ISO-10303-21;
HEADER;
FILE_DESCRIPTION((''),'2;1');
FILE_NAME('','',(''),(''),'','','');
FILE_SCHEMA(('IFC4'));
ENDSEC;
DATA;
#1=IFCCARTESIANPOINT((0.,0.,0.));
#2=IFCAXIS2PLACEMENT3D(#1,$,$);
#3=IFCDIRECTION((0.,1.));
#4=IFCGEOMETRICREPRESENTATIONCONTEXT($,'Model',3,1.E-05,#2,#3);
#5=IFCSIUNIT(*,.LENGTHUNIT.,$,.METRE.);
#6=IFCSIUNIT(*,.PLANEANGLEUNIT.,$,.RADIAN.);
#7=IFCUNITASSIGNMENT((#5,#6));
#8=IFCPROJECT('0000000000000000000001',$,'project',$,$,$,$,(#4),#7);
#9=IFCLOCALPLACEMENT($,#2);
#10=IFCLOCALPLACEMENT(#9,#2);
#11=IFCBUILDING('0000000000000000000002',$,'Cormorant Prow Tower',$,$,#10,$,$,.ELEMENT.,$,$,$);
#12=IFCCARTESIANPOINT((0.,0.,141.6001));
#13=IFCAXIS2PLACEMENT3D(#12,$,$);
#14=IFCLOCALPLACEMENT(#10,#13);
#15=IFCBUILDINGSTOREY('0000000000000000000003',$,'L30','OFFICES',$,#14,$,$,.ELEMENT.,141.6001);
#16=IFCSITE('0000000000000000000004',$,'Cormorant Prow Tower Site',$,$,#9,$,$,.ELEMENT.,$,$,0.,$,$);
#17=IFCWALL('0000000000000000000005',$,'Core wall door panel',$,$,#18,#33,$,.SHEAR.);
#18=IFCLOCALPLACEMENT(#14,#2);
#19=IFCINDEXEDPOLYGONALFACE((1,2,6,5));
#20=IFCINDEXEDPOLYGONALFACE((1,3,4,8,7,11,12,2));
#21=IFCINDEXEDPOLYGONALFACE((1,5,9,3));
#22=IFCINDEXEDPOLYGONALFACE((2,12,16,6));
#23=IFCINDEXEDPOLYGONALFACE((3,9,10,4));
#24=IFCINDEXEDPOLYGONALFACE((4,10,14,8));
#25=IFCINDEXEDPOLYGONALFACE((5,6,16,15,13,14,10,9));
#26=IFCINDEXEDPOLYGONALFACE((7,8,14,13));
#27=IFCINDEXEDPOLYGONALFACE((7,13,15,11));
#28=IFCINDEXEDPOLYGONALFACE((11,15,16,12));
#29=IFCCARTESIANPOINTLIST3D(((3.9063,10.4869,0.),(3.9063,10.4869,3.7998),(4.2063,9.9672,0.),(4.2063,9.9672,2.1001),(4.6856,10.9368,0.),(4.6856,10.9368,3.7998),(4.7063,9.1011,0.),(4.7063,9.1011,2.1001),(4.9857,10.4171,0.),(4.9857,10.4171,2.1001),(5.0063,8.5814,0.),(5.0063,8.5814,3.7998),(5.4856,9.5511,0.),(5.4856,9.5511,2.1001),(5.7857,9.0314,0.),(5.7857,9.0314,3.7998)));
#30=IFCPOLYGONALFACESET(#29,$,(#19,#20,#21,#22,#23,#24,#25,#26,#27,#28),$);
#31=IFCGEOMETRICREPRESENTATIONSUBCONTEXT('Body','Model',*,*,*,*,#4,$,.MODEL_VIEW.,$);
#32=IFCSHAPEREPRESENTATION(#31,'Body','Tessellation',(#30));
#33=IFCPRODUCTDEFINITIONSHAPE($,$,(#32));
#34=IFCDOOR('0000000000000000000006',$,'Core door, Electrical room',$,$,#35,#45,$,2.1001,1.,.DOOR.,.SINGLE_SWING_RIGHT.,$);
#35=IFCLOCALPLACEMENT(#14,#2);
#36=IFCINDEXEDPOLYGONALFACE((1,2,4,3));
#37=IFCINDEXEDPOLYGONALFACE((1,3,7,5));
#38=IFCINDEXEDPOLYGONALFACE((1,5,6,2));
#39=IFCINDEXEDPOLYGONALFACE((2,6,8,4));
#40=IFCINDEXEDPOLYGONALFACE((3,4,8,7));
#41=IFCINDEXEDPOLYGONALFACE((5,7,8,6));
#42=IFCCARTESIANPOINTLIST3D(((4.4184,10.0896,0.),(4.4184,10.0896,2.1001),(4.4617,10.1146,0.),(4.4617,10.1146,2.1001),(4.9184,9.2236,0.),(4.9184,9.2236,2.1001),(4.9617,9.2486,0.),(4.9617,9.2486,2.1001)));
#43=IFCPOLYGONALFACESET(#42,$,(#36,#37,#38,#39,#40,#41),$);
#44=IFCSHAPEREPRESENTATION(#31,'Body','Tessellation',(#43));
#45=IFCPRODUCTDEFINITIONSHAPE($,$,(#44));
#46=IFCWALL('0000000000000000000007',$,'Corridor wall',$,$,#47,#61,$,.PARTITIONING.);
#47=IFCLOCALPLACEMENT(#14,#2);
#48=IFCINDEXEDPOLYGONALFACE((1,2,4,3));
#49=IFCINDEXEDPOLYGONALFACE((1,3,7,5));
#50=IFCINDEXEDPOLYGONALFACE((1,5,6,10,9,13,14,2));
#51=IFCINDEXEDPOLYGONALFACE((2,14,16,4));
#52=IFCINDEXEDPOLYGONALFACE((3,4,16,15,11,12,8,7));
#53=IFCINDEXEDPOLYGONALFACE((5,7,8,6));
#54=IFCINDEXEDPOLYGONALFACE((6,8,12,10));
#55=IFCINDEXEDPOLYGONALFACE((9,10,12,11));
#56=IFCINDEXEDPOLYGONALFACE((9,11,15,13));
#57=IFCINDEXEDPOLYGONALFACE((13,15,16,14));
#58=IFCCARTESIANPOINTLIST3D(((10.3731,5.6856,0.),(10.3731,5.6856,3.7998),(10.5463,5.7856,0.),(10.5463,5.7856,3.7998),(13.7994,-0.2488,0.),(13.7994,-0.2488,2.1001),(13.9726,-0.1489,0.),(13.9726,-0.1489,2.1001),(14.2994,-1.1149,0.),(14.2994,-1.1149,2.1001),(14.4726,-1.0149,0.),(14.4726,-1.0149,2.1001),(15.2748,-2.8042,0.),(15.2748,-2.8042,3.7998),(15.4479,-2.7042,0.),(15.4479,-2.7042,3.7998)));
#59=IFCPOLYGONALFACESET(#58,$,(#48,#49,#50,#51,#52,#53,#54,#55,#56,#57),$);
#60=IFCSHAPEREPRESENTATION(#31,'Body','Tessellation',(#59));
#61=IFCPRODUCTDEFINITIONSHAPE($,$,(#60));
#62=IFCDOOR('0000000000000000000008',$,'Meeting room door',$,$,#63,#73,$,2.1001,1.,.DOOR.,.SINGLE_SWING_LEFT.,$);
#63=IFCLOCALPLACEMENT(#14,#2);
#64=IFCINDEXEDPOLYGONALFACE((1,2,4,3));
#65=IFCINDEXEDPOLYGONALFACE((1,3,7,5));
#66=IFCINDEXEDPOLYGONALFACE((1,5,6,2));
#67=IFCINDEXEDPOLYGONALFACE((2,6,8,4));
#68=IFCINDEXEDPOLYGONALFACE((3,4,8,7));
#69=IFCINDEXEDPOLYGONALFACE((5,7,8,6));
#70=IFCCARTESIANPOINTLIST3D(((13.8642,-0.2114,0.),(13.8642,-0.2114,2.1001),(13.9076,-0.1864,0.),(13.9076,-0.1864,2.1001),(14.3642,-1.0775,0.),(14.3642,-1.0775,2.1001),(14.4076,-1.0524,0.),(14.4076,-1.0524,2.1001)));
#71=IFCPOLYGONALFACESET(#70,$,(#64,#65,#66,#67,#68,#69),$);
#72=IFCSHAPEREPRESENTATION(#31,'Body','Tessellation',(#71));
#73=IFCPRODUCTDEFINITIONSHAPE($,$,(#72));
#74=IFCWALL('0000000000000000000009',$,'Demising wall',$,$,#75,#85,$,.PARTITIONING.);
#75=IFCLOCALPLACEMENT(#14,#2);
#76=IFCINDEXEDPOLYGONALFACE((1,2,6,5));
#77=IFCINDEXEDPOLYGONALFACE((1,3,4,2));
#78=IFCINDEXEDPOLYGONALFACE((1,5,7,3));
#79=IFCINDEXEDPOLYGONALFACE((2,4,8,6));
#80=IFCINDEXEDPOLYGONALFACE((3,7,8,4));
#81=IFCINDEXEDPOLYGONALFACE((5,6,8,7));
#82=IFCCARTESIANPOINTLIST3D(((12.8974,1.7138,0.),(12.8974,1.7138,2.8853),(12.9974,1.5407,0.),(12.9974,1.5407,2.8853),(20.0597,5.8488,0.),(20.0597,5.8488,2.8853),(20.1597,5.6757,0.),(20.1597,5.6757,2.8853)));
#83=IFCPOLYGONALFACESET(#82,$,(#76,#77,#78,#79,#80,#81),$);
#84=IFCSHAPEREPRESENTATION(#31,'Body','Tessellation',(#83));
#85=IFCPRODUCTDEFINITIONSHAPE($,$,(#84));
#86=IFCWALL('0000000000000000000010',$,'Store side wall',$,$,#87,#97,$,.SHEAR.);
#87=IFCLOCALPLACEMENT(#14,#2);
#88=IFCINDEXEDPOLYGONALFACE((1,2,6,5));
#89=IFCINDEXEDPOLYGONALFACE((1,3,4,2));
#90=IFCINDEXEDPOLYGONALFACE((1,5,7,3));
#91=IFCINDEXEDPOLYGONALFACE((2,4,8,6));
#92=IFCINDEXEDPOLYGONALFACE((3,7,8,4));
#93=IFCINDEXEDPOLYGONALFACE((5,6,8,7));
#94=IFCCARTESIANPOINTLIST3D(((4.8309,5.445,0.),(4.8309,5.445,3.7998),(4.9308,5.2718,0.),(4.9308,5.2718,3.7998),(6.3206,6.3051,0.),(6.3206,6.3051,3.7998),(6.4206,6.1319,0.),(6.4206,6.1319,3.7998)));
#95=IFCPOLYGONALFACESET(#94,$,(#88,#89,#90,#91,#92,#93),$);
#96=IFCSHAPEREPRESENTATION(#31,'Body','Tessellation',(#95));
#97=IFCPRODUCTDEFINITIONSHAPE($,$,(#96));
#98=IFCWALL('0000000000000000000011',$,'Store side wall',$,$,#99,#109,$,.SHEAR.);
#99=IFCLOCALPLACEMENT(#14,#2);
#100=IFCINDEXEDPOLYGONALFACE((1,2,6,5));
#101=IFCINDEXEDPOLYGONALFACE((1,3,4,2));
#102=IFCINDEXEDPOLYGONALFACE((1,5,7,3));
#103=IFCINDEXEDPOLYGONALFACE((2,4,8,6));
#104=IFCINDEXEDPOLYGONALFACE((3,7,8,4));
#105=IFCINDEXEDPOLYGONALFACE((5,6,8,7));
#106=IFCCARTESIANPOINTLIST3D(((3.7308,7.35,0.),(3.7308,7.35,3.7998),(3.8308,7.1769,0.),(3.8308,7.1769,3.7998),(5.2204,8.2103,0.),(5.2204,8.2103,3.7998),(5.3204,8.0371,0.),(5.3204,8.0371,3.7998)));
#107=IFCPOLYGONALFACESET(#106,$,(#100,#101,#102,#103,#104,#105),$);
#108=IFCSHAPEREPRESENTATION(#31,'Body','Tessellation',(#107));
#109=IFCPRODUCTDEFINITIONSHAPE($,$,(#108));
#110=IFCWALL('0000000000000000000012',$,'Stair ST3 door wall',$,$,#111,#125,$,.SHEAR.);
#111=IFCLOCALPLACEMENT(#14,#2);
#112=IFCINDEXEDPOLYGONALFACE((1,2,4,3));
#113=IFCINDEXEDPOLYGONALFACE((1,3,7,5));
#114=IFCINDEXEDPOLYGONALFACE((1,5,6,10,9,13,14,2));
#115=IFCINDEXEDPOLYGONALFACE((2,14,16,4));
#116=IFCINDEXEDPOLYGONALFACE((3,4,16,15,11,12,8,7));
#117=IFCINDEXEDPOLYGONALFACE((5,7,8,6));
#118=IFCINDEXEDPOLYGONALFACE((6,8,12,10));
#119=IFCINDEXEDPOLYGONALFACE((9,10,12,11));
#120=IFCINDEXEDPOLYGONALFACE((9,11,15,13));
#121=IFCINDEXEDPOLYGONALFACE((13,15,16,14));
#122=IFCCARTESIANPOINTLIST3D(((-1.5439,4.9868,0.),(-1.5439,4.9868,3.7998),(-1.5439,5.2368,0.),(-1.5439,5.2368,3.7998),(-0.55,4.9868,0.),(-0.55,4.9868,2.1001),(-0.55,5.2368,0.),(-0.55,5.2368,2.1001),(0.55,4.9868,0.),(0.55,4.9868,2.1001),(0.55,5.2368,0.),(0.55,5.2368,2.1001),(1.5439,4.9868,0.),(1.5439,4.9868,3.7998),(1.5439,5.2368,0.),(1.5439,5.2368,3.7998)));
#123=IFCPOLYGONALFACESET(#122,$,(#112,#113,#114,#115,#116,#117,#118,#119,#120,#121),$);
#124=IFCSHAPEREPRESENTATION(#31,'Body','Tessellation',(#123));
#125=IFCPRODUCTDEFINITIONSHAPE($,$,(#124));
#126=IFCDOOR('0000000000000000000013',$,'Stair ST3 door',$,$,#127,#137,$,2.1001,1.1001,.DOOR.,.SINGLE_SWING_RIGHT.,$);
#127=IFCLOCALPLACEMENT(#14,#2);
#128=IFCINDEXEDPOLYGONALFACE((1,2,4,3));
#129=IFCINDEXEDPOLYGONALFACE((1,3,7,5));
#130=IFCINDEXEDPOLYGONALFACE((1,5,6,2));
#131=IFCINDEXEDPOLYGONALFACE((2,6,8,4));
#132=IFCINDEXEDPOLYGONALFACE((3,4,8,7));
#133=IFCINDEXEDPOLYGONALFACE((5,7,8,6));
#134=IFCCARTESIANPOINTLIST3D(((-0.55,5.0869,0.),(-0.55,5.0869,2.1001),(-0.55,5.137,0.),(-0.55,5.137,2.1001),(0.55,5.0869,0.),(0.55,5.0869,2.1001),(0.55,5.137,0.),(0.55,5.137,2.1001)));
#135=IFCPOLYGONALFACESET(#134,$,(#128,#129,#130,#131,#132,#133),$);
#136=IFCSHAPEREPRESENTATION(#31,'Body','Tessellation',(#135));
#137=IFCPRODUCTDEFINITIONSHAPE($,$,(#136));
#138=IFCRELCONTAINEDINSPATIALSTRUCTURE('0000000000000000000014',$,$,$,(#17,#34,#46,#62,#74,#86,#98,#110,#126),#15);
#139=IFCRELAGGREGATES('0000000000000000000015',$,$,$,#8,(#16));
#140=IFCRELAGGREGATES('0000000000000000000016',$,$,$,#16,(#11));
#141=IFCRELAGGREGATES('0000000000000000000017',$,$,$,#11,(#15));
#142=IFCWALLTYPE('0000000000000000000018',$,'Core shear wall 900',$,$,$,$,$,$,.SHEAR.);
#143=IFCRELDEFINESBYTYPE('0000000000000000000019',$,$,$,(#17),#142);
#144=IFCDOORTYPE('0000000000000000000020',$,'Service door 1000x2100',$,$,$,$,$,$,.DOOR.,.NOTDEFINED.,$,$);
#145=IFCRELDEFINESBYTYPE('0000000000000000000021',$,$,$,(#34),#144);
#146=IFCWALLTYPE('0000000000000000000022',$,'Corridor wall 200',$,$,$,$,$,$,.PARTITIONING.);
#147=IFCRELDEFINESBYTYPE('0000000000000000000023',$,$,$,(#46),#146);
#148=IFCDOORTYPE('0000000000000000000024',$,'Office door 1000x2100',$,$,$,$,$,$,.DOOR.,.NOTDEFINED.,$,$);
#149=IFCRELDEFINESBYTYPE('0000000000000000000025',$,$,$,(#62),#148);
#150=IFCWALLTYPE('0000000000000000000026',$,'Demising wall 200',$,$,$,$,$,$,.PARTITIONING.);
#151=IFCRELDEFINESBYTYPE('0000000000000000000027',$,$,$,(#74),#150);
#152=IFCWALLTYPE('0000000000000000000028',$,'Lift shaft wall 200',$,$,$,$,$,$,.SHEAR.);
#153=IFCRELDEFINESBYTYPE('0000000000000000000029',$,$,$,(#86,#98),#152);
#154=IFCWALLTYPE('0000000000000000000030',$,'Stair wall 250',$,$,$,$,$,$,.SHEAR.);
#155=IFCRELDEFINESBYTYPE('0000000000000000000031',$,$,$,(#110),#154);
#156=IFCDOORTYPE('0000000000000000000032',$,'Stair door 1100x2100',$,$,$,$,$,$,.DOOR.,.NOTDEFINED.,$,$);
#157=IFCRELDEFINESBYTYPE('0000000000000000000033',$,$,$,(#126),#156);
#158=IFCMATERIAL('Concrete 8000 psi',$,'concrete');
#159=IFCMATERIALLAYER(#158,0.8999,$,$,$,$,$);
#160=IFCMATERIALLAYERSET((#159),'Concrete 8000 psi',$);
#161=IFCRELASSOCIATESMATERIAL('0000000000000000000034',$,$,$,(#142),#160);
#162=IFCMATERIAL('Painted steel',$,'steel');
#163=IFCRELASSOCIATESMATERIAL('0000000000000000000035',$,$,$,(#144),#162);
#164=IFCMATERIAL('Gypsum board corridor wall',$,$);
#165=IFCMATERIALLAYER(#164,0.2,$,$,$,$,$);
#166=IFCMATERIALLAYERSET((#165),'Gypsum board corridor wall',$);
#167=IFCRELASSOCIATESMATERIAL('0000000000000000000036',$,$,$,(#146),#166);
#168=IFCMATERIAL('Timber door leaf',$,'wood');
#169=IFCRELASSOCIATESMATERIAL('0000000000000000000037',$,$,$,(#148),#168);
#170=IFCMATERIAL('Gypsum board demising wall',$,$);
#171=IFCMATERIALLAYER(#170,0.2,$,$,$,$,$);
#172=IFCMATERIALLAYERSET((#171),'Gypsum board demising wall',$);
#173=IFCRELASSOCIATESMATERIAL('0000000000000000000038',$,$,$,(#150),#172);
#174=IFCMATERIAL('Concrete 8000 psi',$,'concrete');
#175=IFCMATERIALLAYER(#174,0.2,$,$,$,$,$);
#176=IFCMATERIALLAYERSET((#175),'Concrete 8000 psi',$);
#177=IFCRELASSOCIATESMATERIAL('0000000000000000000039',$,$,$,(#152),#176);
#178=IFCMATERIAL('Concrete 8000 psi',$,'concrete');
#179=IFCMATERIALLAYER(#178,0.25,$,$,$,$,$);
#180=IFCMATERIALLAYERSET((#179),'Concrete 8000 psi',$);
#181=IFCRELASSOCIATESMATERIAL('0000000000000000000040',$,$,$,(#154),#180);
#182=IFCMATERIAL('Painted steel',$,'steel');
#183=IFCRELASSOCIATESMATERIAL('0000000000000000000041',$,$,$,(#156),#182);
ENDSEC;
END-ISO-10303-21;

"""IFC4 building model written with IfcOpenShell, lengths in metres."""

from ifc_helpers import new_model, si_unit, direction, frame, frame_2d, origin, place, context, subcontext, project, spatial, rectangle, extrude, material, layer, layer_set, type_object, element, fill, save


model = new_model("IFC4")

# Units and contexts
model_context = context("Model", 3, precision=1e-05, world=origin(), true_north=direction((0.0, 1.0)))
body_context = subcontext(model_context, "Body", "Model", "MODEL_VIEW")
ifc_project = project(units=[si_unit("LENGTHUNIT", "METRE"), si_unit("PLANEANGLEUNIT", "RADIAN")], contexts=[model_context])

# Site, building, storey
site_placement = place(None, origin())
site = spatial("IfcSite", under=ifc_project, at=site_placement, Name="Cormorant Prow Tower Site", CompositionType="ELEMENT", RefElevation=0.0)
building_placement = place(site_placement, origin())
building = spatial("IfcBuilding", under=site, at=building_placement, Name="Cormorant Prow Tower", CompositionType="ELEMENT")
storey_placement = place(building_placement, frame((0.0, 0.0, 141.6001)))
storey = spatial("IfcBuildingStorey", under=building, at=storey_placement, Name="L30", Description="OFFICES", CompositionType="ELEMENT", Elevation=141.6001)

# Walls, openings, doors
ifc_material_1 = material(Name="Concrete 8000 psi", Category="concrete")
ifc_layer_1 = layer(ifc_material_1, 0.8999)
ifc_layer_set_1 = layer_set([ifc_layer_1], Name="Concrete 8000 psi")
wall_type_1 = type_object("IfcWallType", Name="Core shear wall 900", PredefinedType="SHEAR", material=ifc_layer_set_1)
wall_1_placement = place(storey_placement, frame((5.396, 8.8064, 0.0), z_axis=(0.0, 0.0, 1.0), x_axis=(-0.499982, 0.866036, 0.0)))
wall_1 = element("IfcWall", 1, at=wall_1_placement, inside=storey, type_object=wall_type_1, Name="Core wall door panel", PredefinedType="SHEAR", context=body_context, shape_type="SweptSolid", body=[
    extrude(rectangle(XDim=2.2002, YDim=0.8999, at=frame_2d((1.1001, 0.0))), origin(), (0.0, 0.0, 1.0), 3.7998),
])
opening_1_placement = place(wall_1_placement, frame((0.6001, 0.0, 0.0)))
opening_1 = element("IfcOpeningElement", 2, at=opening_1_placement, cuts=wall_1, PredefinedType="OPENING", context=body_context, shape_type="SweptSolid", body=[
    extrude(rectangle(XDim=1.0, YDim=2.1001, at=frame_2d((0.5, 1.05))), frame((0.0, 0.46, 0.0), z_axis=(0.0, -1.0, 0.0), x_axis=(1.0, 0.0, 0.0)), (0.0, 0.0, 1.0), 0.9199),
])
ifc_material_2 = material(Name="Painted steel", Category="steel")
door_type_1 = type_object("IfcDoorType", Name="Service door 1000x2100", OperationType="NOTDEFINED", PredefinedType="DOOR", material=ifc_material_2)
door_1_placement = place(opening_1_placement, origin())
door_1 = element("IfcDoor", 3, at=door_1_placement, inside=storey, type_object=door_type_1, Name="Core door, Electrical room", OperationType="SINGLE_SWING_RIGHT", OverallHeight=2.1001, OverallWidth=1.0, PredefinedType="DOOR", context=body_context, shape_type="SweptSolid", body=[
    extrude(rectangle(XDim=1.0, YDim=2.1001, at=frame_2d((0.5, 1.05))), frame((0.0, 0.2051, 0.0), z_axis=(0.0, -1.0, 0.0), x_axis=(1.0, 0.0, 0.0)), (0.0, 0.0, 1.0), 0.05),
])
fill(opening_1, door_1)
ifc_material_3 = material(Name="Gypsum board corridor wall")
ifc_layer_2 = layer(ifc_material_3, 0.2)
ifc_layer_set_2 = layer_set([ifc_layer_2], Name="Gypsum board corridor wall")
wall_type_2 = type_object("IfcWallType", Name="Corridor wall 200", PredefinedType="PARTITIONING", material=ifc_layer_set_2)
wall_2_placement = place(storey_placement, frame((10.4597, 5.7356, 0.0), z_axis=(0.0, 0.0, 1.0), x_axis=(0.500004, -0.866023, 0.0)))
wall_2 = element("IfcWall", 4, at=wall_2_placement, inside=storey, type_object=wall_type_2, Name="Corridor wall", PredefinedType="PARTITIONING", context=body_context, shape_type="SweptSolid", body=[
    extrude(rectangle(XDim=9.8032, YDim=0.2, at=frame_2d((4.9016, 0.0))), origin(), (0.0, 0.0, 1.0), 3.7998),
])
opening_2_placement = place(wall_2_placement, frame((6.8525, 0.0, 0.0)))
opening_2 = element("IfcOpeningElement", 5, at=opening_2_placement, cuts=wall_2, PredefinedType="OPENING", context=body_context, shape_type="SweptSolid", body=[
    extrude(rectangle(XDim=1.0, YDim=2.1001, at=frame_2d((0.5, 1.05))), frame((0.0, 0.1099, 0.0), z_axis=(0.0, -1.0, 0.0), x_axis=(1.0, 0.0, 0.0)), (0.0, 0.0, 1.0), 0.22),
])
ifc_material_4 = material(Name="Timber door leaf", Category="wood")
door_type_2 = type_object("IfcDoorType", Name="Office door 1000x2100", OperationType="NOTDEFINED", PredefinedType="DOOR", material=ifc_material_4)
door_2_placement = place(opening_2_placement, origin())
door_2 = element("IfcDoor", 6, at=door_2_placement, inside=storey, type_object=door_type_2, Name="Meeting room door", OperationType="SINGLE_SWING_LEFT", OverallHeight=2.1001, OverallWidth=1.0, PredefinedType="DOOR", context=body_context, shape_type="SweptSolid", body=[
    extrude(rectangle(XDim=1.0, YDim=2.1001, at=frame_2d((0.5, 1.05))), frame((0.0, 0.0249, 0.0), z_axis=(0.0, -1.0, 0.0), x_axis=(1.0, 0.0, 0.0)), (0.0, 0.0, 1.0), 0.05),
])
fill(opening_2, door_2)

# Walls
ifc_material_5 = material(Name="Gypsum board demising wall")
ifc_layer_3 = layer(ifc_material_5, 0.2)
ifc_layer_set_3 = layer_set([ifc_layer_3], Name="Gypsum board demising wall")
wall_type_3 = type_object("IfcWallType", Name="Demising wall 200", PredefinedType="PARTITIONING", material=ifc_layer_set_3)
wall_3_placement = place(storey_placement, frame((12.9473, 1.6272, 0.0), z_axis=(0.0, 0.0, 1.0), x_axis=(0.866035, 0.499984, 0.0)))
element("IfcWall", 7, at=wall_3_placement, inside=storey, type_object=wall_type_3, Name="Demising wall", PredefinedType="PARTITIONING", context=body_context, shape_type="SweptSolid", body=[
    extrude(rectangle(XDim=8.2703, YDim=0.2, at=frame_2d((4.1353, 0.0))), origin(), (0.0, 0.0, 1.0), 2.8853),
])
ifc_material_6 = material(Name="Concrete 8000 psi", Category="concrete")
ifc_layer_4 = layer(ifc_material_6, 0.2)
ifc_layer_set_4 = layer_set([ifc_layer_4], Name="Concrete 8000 psi")
wall_type_4 = type_object("IfcWallType", Name="Lift shaft wall 200", PredefinedType="SHEAR", material=ifc_layer_set_4)
for number, where, z_axis, x_axis, name in (
    (8, (4.8809, 5.3584, 0.0), (0.0, 0.0, 1.0), (0.866025, 0.500001, 0.0), "Store side wall"),
    (9, (3.7808, 7.2634, 0.0), (0.0, 0.0, 1.0), (0.865963, 0.500107, 0.0), "Store side wall"),
):
    element("IfcWall", number, at=place(storey_placement, frame(where, z_axis=z_axis, x_axis=x_axis)), inside=storey, type_object=wall_type_4, Name=name, PredefinedType="SHEAR", context=body_context, shape_type="SweptSolid", body=[
        extrude(rectangle(XDim=1.7202, YDim=0.2, at=frame_2d((0.8601, 0.0))), origin(), (0.0, 0.0, 1.0), 3.7998),
    ])

# Wall, opening, door
ifc_material_7 = material(Name="Concrete 8000 psi", Category="concrete")
ifc_layer_5 = layer(ifc_material_7, 0.25)
ifc_layer_set_5 = layer_set([ifc_layer_5], Name="Concrete 8000 psi")
wall_type_5 = type_object("IfcWallType", Name="Stair wall 250", PredefinedType="SHEAR", material=ifc_layer_set_5)
wall_4_placement = place(storey_placement, frame((1.5439, 5.1118, 0.0), z_axis=(0.0, 0.0, 1.0), x_axis=(-1.0, 0.0, 0.0)))
wall_4 = element("IfcWall", 10, at=wall_4_placement, inside=storey, type_object=wall_type_5, Name="Stair ST3 door wall", PredefinedType="SHEAR", context=body_context, shape_type="SweptSolid", body=[
    extrude(rectangle(XDim=3.0879, YDim=0.25, at=frame_2d((1.5439, 0.0))), origin(), (0.0, 0.0, 1.0), 3.7998),
])
opening_3_placement = place(wall_4_placement, frame((0.9939, 0.0, 0.0)))
opening_3 = element("IfcOpeningElement", 11, at=opening_3_placement, cuts=wall_4, PredefinedType="OPENING", context=body_context, shape_type="SweptSolid", body=[
    extrude(rectangle(XDim=1.1001, YDim=2.1001, at=frame_2d((0.55, 1.05))), frame((0.0, 0.135, 0.0), z_axis=(0.0, -1.0, 0.0), x_axis=(1.0, 0.0, 0.0)), (0.0, 0.0, 1.0), 0.27),
])
ifc_material_8 = material(Name="Painted steel", Category="steel")
door_type_3 = type_object("IfcDoorType", Name="Stair door 1100x2100", OperationType="NOTDEFINED", PredefinedType="DOOR", material=ifc_material_8)
door_3_placement = place(opening_3_placement, origin())
door_3 = element("IfcDoor", 12, at=door_3_placement, inside=storey, type_object=door_type_3, Name="Stair ST3 door", OperationType="SINGLE_SWING_RIGHT", OverallHeight=2.1001, OverallWidth=1.1001, PredefinedType="DOOR", context=body_context, shape_type="SweptSolid", body=[
    extrude(rectangle(XDim=1.1001, YDim=2.1001, at=frame_2d((0.55, 1.05))), frame((0.0, 0.0249, 0.0), z_axis=(0.0, -1.0, 0.0), x_axis=(1.0, 0.0, 0.0)), (0.0, 0.0, 1.0), 0.05),
])
fill(opening_3, door_3)

save(model, "model.ifc")
